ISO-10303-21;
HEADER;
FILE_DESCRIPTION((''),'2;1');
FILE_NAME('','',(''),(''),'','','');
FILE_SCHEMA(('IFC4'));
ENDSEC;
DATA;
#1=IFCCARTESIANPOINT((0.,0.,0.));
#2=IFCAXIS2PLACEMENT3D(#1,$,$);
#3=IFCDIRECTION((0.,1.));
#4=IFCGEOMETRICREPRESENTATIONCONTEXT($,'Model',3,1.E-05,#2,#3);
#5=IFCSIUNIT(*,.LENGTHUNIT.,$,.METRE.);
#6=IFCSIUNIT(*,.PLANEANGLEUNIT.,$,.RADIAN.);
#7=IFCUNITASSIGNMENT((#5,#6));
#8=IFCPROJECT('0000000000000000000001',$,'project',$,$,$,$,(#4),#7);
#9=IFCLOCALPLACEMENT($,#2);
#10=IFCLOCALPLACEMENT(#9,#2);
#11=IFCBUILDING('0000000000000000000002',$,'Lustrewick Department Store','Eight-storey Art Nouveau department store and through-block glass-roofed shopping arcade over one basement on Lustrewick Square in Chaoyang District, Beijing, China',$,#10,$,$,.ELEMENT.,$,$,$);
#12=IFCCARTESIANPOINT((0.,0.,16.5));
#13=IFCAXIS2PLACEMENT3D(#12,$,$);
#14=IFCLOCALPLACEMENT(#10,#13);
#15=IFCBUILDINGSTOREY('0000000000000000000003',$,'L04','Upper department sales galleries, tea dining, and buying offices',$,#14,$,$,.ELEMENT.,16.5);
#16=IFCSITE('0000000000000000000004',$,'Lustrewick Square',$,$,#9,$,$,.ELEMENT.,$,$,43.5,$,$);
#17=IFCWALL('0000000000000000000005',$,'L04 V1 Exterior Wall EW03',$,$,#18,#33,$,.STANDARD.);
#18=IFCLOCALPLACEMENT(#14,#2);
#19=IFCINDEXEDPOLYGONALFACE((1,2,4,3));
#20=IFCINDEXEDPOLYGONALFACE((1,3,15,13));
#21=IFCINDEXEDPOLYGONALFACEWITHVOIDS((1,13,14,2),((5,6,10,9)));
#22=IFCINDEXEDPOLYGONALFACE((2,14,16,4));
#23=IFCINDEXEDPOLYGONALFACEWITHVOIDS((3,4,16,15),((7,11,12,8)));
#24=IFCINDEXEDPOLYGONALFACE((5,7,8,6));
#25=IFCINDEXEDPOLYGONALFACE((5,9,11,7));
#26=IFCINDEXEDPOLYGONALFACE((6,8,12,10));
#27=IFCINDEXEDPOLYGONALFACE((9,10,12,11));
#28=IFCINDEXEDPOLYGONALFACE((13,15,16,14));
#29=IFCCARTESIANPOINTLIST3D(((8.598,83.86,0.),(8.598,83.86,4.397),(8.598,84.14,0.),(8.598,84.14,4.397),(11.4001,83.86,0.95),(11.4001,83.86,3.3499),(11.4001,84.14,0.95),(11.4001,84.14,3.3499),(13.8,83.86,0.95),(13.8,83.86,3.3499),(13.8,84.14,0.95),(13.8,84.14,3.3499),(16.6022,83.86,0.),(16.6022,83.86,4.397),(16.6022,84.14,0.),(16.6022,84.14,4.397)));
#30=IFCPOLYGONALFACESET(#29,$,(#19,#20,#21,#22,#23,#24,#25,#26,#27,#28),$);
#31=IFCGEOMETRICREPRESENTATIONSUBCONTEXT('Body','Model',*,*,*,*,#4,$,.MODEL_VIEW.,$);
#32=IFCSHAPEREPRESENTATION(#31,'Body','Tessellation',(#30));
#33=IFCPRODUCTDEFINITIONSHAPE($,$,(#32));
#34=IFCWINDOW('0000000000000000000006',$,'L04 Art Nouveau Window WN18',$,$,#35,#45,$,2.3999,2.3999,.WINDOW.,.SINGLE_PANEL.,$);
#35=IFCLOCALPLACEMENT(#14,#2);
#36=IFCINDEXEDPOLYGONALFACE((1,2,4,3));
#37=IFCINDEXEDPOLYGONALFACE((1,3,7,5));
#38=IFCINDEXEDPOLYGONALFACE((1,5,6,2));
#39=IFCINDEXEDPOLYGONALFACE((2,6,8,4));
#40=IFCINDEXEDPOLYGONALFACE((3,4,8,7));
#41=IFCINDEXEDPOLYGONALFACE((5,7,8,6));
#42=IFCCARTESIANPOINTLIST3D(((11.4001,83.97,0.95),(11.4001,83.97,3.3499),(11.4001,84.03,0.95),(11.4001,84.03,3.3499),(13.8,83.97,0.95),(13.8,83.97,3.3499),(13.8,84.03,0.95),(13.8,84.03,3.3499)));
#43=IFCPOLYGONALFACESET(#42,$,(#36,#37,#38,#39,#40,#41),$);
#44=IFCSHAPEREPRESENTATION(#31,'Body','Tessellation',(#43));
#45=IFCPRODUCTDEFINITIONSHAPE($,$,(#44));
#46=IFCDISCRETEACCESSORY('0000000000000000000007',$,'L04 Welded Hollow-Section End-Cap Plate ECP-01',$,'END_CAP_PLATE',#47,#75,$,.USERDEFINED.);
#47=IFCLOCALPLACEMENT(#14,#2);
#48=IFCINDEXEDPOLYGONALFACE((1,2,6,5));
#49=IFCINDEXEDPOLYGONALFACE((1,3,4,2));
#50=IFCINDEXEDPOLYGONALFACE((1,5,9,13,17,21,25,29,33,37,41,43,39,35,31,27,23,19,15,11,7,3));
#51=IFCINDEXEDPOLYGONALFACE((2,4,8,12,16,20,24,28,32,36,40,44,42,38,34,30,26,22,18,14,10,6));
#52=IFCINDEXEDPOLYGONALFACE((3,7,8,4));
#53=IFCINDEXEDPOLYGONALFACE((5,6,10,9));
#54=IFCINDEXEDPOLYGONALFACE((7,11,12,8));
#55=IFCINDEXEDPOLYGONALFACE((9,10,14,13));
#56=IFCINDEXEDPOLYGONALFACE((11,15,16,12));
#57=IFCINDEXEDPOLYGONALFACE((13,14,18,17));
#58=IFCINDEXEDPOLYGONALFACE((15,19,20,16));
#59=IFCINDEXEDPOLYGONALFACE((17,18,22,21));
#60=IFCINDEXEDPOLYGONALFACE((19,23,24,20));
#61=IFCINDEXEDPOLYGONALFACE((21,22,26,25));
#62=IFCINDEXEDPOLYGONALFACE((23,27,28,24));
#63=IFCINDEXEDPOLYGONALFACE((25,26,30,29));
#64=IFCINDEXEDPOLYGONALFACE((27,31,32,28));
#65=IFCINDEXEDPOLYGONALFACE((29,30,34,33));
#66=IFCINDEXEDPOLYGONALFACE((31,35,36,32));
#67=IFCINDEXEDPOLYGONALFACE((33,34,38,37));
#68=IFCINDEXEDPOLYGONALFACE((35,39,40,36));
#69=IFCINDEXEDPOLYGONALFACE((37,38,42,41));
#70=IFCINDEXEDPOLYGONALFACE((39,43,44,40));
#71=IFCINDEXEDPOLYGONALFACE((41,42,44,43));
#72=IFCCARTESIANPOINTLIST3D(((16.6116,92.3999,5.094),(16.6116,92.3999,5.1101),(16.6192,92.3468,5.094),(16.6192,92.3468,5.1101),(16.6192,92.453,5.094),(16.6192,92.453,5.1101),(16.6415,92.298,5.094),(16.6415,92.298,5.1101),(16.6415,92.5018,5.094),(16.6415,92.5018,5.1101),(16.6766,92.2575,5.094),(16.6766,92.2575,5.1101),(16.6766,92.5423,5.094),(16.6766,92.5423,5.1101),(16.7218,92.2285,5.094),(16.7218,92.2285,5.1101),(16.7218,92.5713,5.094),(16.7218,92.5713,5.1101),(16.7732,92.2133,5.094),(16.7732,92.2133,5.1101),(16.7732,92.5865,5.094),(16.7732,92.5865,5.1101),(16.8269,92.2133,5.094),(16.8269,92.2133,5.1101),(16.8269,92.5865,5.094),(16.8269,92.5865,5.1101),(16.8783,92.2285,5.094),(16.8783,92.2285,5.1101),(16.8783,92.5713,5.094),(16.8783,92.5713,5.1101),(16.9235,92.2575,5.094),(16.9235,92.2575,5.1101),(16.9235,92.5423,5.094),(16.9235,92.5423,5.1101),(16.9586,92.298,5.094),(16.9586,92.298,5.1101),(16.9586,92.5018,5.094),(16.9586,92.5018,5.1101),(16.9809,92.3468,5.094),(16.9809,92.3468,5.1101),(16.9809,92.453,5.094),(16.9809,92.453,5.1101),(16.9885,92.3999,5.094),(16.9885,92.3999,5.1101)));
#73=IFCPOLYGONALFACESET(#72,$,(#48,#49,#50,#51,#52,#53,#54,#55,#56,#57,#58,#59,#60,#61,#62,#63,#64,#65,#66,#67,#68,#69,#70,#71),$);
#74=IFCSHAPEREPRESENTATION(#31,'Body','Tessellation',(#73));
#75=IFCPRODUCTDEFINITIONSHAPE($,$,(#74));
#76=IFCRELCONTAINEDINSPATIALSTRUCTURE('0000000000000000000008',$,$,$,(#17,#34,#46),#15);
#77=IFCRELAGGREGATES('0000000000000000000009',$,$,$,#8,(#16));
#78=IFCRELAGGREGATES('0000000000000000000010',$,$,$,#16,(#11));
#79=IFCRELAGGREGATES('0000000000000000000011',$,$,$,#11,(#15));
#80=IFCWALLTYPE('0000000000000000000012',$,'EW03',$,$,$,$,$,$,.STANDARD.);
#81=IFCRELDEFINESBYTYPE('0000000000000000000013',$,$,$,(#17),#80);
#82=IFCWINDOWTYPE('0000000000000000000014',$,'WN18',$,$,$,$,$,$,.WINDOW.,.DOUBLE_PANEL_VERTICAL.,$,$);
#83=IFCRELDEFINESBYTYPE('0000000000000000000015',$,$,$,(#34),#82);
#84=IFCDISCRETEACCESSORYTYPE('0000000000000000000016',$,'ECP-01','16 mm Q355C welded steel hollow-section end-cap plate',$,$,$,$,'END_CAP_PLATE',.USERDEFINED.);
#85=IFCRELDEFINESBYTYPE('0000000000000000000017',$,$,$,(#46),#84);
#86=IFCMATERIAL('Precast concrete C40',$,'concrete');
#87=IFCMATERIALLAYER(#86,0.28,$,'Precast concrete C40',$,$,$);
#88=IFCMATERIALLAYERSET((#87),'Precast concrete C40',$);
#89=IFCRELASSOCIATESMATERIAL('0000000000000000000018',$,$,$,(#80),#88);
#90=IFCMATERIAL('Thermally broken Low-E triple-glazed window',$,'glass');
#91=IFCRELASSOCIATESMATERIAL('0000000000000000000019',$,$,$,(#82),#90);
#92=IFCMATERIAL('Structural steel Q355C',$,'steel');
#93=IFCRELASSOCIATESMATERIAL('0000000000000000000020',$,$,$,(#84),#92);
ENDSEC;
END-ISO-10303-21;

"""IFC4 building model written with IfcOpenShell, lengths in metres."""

from ifc_helpers import new_model, si_unit, direction, frame, frame_2d, origin, origin_2d, place, context, subcontext, project, spatial, rectangle, circle, extrude, material, layer, layer_set, type_object, element, fill, save


model = new_model("IFC4")

# Units and contexts
model_context = context("Model", 3, precision=1e-05, world=origin(), true_north=direction((0.0, 1.0)))
body_context = subcontext(model_context, "Body", "Model", "MODEL_VIEW")
ifc_project = project(units=[si_unit("LENGTHUNIT", "METRE"), si_unit("PLANEANGLEUNIT", "RADIAN")], contexts=[model_context])

# Site, building, storey
site_placement = place(None, origin())
site = spatial("IfcSite", under=ifc_project, at=site_placement, Name="Lustrewick Square", CompositionType="ELEMENT", RefElevation=43.5)
building_placement = place(site_placement, origin())
building = spatial("IfcBuilding", under=site, at=building_placement, Name="Lustrewick Department Store", Description="Eight-storey Art Nouveau department store and through-block glass-roofed shopping arcade over one basement on Lustrewick Square in Chaoyang District, Beijing, China", CompositionType="ELEMENT")
storey_placement = place(building_placement, frame((0.0, 0.0, 16.5)))
storey = spatial("IfcBuildingStorey", under=building, at=storey_placement, Name="L04", Description="Upper department sales galleries, tea dining, and buying offices", CompositionType="ELEMENT", Elevation=16.5)

# Shared definitions
ifc_material_1 = material(Name="Structural steel Q355C", Category="steel")

# Wall, opening, window
ifc_material_2 = material(Name="Precast concrete C40", Category="concrete")
ifc_material_3 = material(Name="Thermally broken Low-E triple-glazed window", Category="glass")
ifc_layer_1 = layer(ifc_material_2, 0.28, Name="Precast concrete C40")
ifc_layer_set_1 = layer_set([ifc_layer_1], Name="Precast concrete C40")
wall_type_1 = type_object("IfcWallType", Name="EW03", PredefinedType="STANDARD", material=ifc_layer_set_1)
wall_1_placement = place(storey_placement, frame((16.6021, 84.0, 0.0), z_axis=(0.0, 0.0, 1.0), x_axis=(-1.0, 0.0, 0.0)))
wall_1 = element("IfcWall", 1, at=wall_1_placement, inside=storey, type_object=wall_type_1, Name="L04 V1 Exterior Wall EW03", PredefinedType="STANDARD", context=body_context, shape_type="SweptSolid", body=[
    extrude(rectangle(XDim=8.0042, YDim=0.28, at=frame_2d((4.002, 0.0))), origin(), (0.0, 0.0, 1.0), 4.397),
])
opening_1_placement = place(wall_1_placement, frame((2.802, 0.0, 0.95)))
opening_1 = element("IfcOpeningElement", 2, at=opening_1_placement, cuts=wall_1, PredefinedType="OPENING", context=body_context, shape_type="SweptSolid", body=[
    extrude(rectangle(XDim=2.3999, YDim=2.3999, at=frame_2d((1.2, 1.2))), frame((0.0, 0.1499, 0.0), z_axis=(0.0, -1.0, 0.0), x_axis=(1.0, 0.0, 0.0)), (0.0, 0.0, 1.0), 0.3),
])
window_type_1 = type_object("IfcWindowType", Name="WN18", PartitioningType="DOUBLE_PANEL_VERTICAL", PredefinedType="WINDOW", material=ifc_material_3)
window_1_placement = place(opening_1_placement, origin())
window_1 = element("IfcWindow", 3, at=window_1_placement, inside=storey, type_object=window_type_1, Name="L04 Art Nouveau Window WN18", OverallHeight=2.3999, OverallWidth=2.3999, PartitioningType="SINGLE_PANEL", PredefinedType="WINDOW", context=body_context, shape_type="SweptSolid", body=[
    extrude(rectangle(XDim=2.3999, YDim=2.3999, at=frame_2d((1.2, 1.2))), frame((0.0, 0.03, 0.0), z_axis=(0.0, -1.0, 0.0), x_axis=(1.0, 0.0, 0.0)), (0.0, 0.0, 1.0), 0.0601),
])
fill(opening_1, window_1)

# Discrete accessory
discrete_accessory_type = type_object("IfcDiscreteAccessoryType", Name="ECP-01", Description="16 mm Q355C welded steel hollow-section end-cap plate", ElementType="END_CAP_PLATE", PredefinedType="USERDEFINED", material=ifc_material_1)
discrete_accessory_placement = place(storey_placement, frame((16.8, 92.3999, 5.094), z_axis=(0.0, 0.0, 1.0), x_axis=(1.0, 0.0, 0.0)))
element("IfcDiscreteAccessory", 4, at=discrete_accessory_placement, inside=storey, type_object=discrete_accessory_type, Name="L04 Welded Hollow-Section End-Cap Plate ECP-01", ObjectType="END_CAP_PLATE", PredefinedType="USERDEFINED", context=body_context, shape_type="SweptSolid", body=[
    extrude(circle(Radius=0.1885, at=origin_2d()), origin(), (0.0, 0.0, 1.0), 0.0161),
])

save(model, "model.ifc")
